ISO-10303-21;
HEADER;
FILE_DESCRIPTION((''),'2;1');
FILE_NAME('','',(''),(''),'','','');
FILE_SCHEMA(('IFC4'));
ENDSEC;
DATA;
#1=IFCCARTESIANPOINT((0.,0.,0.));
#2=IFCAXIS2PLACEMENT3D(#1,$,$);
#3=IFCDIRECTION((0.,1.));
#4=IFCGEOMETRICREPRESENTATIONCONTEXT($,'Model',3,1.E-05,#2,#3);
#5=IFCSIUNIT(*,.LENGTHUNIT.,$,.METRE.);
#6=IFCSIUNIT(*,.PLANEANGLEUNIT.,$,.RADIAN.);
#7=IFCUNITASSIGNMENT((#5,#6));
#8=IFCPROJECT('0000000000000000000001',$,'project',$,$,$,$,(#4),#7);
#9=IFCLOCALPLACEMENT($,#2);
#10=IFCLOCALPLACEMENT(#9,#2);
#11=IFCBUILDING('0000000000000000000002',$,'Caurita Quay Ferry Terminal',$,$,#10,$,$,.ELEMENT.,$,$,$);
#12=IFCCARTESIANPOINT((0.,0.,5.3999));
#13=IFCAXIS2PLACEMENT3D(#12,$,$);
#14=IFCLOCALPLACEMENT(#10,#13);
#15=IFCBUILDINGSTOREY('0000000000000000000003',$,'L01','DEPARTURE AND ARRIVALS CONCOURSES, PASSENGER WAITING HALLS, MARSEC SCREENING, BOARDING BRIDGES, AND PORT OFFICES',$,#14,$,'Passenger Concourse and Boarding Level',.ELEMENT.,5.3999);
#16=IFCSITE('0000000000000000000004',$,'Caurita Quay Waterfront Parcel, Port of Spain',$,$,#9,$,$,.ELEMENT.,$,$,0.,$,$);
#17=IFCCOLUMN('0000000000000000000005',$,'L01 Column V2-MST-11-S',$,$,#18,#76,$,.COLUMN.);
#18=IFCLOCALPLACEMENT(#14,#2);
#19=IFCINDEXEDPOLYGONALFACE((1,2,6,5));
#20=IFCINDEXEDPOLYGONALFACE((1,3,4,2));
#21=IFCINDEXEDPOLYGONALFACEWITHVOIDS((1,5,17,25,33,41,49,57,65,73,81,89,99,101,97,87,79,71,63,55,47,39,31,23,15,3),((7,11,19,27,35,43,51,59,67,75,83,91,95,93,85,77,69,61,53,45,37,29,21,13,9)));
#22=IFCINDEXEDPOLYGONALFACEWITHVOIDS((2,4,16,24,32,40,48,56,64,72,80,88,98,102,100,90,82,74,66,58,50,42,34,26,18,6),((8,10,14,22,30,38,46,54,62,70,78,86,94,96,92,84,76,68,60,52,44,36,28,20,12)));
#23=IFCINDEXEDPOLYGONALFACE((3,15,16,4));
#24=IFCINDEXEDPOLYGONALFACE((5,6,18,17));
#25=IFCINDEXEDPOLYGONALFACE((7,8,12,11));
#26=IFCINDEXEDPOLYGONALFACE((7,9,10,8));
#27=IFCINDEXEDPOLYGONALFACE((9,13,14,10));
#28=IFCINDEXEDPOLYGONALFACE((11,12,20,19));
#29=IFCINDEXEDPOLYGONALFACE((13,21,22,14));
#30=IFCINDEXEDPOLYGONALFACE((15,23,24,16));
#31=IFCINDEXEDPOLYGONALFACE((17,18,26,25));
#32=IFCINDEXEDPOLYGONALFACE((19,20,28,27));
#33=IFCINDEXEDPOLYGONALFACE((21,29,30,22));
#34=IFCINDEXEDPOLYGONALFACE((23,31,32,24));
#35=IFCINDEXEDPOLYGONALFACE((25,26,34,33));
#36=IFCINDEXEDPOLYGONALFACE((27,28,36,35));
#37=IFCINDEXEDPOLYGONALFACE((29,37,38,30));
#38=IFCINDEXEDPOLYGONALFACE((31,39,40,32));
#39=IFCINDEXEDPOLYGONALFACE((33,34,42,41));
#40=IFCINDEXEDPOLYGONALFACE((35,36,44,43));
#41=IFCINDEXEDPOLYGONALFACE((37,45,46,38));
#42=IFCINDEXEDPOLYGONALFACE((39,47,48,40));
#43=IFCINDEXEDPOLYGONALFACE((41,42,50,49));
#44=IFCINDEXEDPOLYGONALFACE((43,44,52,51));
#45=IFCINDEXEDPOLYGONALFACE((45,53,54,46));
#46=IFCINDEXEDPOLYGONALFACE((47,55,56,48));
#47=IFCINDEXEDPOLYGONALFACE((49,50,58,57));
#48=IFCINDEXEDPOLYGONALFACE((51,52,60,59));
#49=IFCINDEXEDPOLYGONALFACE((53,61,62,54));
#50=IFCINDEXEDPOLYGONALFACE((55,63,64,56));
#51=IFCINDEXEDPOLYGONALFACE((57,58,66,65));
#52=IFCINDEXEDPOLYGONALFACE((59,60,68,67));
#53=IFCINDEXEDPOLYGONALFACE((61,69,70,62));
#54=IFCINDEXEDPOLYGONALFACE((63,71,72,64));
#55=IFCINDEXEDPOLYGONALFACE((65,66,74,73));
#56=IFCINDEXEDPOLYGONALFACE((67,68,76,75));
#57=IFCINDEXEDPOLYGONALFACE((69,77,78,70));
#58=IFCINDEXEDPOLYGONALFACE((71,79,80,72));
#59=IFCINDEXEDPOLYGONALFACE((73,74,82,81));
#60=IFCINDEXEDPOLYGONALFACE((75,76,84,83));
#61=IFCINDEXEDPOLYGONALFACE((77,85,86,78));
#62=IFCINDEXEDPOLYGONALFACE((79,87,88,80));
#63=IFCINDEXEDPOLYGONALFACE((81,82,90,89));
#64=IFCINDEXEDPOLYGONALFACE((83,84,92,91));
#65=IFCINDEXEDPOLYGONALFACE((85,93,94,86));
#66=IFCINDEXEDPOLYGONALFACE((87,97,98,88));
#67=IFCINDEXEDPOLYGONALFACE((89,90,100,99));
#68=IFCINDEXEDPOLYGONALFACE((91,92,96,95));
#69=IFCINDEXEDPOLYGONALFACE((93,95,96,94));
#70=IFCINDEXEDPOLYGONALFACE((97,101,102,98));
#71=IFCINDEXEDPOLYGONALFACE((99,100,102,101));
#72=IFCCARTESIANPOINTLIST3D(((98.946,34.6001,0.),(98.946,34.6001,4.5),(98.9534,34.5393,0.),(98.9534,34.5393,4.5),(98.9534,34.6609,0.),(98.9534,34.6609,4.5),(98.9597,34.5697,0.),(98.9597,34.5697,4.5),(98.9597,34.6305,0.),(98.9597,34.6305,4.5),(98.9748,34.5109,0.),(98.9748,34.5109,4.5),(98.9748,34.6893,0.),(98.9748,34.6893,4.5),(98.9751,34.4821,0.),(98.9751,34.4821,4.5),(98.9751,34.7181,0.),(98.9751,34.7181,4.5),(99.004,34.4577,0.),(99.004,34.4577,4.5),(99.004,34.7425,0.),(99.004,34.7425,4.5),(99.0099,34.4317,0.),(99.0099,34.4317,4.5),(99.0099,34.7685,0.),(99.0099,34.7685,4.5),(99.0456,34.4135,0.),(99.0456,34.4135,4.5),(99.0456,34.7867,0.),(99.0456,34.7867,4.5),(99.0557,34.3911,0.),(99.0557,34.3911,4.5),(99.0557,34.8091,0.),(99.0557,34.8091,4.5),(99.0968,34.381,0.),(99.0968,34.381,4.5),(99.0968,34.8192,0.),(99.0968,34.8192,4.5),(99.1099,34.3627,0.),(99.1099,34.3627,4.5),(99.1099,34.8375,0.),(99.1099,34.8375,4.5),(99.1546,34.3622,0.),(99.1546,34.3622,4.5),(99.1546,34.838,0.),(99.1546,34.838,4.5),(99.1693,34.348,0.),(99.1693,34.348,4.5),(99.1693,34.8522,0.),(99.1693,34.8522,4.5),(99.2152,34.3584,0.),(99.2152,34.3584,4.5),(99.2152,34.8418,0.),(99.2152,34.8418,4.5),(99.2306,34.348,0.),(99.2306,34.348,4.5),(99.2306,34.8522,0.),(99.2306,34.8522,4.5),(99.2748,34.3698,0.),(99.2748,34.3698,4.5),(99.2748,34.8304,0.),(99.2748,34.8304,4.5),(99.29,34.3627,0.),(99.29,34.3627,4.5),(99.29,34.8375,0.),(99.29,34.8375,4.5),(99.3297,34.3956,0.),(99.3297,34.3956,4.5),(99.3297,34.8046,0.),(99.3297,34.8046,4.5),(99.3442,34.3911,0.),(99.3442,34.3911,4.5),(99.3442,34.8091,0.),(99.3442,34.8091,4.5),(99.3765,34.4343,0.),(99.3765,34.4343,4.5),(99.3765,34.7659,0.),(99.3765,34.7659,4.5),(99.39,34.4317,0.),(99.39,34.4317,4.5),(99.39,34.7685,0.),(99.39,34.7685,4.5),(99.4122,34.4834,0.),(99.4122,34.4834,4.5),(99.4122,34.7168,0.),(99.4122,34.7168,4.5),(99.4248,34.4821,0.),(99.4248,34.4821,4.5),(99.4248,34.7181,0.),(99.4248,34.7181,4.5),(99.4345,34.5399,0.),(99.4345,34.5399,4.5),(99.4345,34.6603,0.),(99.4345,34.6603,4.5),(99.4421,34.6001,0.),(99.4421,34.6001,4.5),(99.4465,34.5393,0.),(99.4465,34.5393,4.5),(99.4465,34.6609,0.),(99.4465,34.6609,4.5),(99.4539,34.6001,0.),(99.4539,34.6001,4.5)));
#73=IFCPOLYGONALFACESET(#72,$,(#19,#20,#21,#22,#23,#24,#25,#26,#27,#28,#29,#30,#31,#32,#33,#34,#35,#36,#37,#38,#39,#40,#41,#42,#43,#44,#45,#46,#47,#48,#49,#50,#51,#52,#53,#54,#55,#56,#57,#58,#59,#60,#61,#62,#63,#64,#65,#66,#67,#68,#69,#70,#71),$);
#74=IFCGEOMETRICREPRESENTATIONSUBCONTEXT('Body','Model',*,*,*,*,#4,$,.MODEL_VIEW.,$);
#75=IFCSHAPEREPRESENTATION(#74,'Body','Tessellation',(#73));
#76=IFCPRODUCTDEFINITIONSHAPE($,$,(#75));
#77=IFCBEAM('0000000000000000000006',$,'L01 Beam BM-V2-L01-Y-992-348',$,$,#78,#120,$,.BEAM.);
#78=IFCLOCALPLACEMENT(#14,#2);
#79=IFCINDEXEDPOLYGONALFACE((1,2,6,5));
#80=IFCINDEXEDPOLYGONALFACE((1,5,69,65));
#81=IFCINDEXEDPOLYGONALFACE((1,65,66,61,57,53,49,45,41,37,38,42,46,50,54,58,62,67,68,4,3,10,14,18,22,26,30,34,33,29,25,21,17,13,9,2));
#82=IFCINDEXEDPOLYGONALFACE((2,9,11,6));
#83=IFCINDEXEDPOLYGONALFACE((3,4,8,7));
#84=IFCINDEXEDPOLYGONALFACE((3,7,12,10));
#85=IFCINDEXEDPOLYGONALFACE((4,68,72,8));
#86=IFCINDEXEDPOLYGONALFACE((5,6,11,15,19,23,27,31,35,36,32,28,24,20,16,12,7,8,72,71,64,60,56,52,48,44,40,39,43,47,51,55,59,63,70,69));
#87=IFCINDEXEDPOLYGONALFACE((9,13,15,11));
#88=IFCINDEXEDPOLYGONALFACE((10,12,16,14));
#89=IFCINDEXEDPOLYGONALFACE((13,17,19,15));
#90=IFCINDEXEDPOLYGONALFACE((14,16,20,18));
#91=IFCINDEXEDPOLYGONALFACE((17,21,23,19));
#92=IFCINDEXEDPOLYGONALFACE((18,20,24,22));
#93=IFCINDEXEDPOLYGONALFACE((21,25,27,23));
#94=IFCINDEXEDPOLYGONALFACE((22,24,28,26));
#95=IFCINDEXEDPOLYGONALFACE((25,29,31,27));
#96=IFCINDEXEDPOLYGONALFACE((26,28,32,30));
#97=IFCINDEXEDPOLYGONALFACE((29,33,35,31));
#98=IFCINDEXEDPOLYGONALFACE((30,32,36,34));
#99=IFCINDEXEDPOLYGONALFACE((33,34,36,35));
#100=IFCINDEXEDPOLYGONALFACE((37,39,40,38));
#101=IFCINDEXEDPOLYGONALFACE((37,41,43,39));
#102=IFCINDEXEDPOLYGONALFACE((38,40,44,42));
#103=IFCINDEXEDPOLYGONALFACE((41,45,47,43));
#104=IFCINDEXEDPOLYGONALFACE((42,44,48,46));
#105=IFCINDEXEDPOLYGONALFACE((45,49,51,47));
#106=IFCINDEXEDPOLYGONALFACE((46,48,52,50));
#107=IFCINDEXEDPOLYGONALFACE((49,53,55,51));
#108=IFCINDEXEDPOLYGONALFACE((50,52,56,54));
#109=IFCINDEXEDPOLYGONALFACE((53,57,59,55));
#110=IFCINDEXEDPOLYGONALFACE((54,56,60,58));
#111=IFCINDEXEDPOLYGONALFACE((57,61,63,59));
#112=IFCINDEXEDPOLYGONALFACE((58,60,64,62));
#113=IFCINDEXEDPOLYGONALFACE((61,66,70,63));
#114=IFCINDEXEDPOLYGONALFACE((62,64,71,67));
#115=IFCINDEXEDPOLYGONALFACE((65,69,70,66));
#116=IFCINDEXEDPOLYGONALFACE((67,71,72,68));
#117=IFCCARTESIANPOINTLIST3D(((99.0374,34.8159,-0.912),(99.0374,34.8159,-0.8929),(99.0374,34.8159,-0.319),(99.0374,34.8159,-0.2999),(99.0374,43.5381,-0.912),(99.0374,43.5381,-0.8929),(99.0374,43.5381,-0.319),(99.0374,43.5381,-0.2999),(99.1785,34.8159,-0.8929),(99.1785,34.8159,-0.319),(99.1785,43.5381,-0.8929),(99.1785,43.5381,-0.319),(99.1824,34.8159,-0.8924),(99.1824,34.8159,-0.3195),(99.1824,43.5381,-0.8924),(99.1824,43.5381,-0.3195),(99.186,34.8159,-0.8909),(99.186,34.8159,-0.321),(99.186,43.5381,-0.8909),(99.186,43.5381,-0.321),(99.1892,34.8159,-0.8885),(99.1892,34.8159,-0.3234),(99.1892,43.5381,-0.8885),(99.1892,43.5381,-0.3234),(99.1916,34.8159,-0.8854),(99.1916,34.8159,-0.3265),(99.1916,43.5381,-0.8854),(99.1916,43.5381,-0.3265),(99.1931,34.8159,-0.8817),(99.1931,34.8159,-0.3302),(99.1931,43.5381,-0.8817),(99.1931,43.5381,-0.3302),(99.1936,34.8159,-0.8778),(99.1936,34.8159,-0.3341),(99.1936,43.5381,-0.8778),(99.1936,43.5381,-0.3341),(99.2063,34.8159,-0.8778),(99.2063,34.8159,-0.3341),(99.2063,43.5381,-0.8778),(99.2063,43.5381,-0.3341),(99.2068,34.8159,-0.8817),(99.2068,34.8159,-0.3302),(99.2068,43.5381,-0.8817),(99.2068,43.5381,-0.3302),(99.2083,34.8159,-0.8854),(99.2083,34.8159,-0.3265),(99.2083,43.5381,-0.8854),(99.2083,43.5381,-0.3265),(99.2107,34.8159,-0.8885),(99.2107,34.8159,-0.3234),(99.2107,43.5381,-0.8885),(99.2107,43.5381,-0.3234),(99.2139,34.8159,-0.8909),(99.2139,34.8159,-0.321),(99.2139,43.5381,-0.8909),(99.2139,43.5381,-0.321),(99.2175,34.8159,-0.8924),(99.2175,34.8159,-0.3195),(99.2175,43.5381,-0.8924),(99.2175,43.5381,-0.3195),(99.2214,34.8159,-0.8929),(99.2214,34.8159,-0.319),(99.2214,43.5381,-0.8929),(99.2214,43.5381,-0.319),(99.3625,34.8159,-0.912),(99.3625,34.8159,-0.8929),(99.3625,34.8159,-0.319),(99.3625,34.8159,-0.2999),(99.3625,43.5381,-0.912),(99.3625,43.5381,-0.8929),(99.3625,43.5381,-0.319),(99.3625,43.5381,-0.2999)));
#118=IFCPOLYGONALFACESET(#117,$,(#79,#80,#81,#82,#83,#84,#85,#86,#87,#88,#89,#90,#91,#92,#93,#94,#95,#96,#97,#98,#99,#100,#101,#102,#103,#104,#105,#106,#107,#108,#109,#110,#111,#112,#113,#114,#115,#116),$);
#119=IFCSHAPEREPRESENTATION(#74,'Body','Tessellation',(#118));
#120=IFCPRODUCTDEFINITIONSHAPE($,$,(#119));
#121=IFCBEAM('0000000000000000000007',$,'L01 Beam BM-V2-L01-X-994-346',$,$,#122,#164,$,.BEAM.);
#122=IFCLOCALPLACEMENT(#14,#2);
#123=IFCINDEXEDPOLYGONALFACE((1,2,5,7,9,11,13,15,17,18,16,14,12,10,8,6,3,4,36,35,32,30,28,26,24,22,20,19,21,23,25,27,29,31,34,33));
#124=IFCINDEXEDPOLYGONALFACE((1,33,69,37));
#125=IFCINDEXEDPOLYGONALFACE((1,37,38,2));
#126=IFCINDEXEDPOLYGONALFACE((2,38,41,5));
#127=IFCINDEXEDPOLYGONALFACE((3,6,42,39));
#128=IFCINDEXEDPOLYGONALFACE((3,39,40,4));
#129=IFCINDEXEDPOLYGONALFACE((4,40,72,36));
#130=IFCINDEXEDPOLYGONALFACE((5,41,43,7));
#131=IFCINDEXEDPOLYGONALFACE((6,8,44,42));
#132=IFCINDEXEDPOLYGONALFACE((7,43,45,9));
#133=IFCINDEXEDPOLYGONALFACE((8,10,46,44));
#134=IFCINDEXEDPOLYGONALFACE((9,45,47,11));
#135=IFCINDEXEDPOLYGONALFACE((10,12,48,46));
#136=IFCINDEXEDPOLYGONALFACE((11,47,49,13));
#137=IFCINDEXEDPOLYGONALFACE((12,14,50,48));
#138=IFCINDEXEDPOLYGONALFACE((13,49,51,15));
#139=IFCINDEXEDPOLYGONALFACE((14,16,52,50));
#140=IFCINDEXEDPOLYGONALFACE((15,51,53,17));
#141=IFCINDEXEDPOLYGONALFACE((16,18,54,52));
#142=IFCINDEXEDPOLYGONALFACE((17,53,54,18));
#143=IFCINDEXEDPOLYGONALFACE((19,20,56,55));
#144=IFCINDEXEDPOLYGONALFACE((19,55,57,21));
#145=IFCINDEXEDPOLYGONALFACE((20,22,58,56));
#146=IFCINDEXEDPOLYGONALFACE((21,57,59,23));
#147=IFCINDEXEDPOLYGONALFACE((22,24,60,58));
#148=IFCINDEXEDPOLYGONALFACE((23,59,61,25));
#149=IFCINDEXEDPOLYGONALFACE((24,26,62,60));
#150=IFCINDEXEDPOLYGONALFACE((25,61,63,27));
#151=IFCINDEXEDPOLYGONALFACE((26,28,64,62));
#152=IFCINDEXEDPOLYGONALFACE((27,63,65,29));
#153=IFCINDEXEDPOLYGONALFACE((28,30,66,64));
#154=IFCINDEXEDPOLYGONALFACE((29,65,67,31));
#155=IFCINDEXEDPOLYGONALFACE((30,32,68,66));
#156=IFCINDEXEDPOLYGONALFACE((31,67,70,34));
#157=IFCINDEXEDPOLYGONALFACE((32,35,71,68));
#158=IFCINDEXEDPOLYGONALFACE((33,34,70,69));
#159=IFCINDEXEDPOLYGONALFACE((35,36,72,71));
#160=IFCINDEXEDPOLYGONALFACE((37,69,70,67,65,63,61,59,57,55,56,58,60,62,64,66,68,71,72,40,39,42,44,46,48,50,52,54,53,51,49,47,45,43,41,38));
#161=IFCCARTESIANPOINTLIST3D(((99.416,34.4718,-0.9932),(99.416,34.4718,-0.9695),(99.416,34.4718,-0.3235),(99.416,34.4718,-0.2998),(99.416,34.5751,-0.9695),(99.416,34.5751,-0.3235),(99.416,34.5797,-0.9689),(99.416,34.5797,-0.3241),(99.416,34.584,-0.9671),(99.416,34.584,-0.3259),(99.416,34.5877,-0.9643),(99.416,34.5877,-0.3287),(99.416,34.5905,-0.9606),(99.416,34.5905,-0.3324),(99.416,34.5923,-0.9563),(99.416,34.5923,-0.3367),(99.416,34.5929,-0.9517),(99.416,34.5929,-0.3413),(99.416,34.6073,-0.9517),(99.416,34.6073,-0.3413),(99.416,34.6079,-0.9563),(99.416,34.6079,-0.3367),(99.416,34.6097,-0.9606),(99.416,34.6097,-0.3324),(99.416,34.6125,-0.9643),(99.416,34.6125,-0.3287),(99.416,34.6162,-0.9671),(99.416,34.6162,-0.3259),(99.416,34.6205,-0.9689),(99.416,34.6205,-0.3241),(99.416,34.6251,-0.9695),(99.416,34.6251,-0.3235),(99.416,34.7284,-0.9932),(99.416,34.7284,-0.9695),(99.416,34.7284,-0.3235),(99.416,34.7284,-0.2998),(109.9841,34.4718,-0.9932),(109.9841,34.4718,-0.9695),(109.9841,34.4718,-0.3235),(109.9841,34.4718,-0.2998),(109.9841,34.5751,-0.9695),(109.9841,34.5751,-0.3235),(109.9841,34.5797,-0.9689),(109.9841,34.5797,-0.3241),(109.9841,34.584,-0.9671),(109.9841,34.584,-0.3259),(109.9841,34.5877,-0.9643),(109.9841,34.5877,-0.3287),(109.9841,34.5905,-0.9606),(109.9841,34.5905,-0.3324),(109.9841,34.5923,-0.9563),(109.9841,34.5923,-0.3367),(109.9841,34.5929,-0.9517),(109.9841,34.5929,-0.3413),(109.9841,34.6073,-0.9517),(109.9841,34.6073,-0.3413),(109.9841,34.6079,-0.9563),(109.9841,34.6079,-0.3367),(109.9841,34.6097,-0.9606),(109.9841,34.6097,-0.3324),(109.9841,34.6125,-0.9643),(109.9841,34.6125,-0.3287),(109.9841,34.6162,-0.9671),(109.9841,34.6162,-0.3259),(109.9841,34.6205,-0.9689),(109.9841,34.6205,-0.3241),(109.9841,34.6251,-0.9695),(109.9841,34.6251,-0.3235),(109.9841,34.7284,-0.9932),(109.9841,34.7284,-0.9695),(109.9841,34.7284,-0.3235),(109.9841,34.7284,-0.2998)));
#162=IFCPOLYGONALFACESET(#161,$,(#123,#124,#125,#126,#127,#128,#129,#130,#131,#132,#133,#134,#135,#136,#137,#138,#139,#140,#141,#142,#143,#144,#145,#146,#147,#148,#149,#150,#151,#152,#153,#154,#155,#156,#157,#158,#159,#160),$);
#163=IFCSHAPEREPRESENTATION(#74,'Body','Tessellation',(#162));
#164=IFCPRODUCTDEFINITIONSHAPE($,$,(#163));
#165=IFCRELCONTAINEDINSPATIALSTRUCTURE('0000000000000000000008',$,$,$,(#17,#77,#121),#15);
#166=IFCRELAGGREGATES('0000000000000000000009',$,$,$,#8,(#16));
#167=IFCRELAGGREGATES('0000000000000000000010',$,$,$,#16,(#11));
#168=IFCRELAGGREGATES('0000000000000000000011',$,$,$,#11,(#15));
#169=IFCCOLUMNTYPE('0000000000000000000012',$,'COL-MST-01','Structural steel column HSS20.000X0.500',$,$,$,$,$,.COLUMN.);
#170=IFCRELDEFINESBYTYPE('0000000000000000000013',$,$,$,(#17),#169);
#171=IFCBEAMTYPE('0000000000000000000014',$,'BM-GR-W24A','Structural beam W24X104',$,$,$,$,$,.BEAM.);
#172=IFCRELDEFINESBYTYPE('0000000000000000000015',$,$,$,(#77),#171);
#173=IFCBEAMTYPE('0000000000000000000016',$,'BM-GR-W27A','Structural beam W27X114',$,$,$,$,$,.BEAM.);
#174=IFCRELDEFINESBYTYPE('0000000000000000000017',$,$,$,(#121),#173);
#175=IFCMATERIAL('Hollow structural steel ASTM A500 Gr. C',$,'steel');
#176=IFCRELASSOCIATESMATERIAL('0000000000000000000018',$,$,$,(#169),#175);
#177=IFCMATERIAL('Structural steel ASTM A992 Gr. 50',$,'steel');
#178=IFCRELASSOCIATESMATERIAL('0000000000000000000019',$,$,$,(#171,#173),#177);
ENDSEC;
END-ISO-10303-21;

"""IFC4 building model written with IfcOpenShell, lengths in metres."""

from ifc_helpers import new_model, si_unit, direction, frame, origin, origin_2d, place, context, subcontext, project, spatial, hollow_circle, i_section, extrude, material, material_profile, profile_set, type_object, element, save


model = new_model("IFC4")

# Units and contexts
model_context = context("Model", 3, precision=1e-05, world=origin(), true_north=direction((0.0, 1.0)))
body_context = subcontext(model_context, "Body", "Model", "MODEL_VIEW")
ifc_project = project(units=[si_unit("LENGTHUNIT", "METRE"), si_unit("PLANEANGLEUNIT", "RADIAN")], contexts=[model_context])

# Site, building, storey
site_placement = place(None, origin())
site = spatial("IfcSite", under=ifc_project, at=site_placement, Name="Caurita Quay Waterfront Parcel, Port of Spain", CompositionType="ELEMENT", RefElevation=0.0)
building_placement = place(site_placement, origin())
building = spatial("IfcBuilding", under=site, at=building_placement, Name="Caurita Quay Ferry Terminal", CompositionType="ELEMENT")
storey_placement = place(building_placement, frame((0.0, 0.0, 5.3999)))
storey = spatial("IfcBuildingStorey", under=building, at=storey_placement, Name="L01", Description="DEPARTURE AND ARRIVALS CONCOURSES, PASSENGER WAITING HALLS, MARSEC SCREENING, BOARDING BRIDGES, AND PORT OFFICES", LongName="Passenger Concourse and Boarding Level", CompositionType="ELEMENT", Elevation=5.3999)

# Column
ifc_material_1 = material(Name="Hollow structural steel ASTM A500 Gr. C", Category="steel")
ifc_material_profile_1 = material_profile(ifc_material_1, hollow_circle(Radius=0.2539, WallThickness=0.0117, at=origin_2d()), Name="HSS20.000X0.500")
ifc_profile_set_1 = profile_set([ifc_material_profile_1], Name="Hollow structural steel ASTM A500 Gr. C")
column_type = type_object("IfcColumnType", Name="COL-MST-01", Description="Structural steel column HSS20.000X0.500", PredefinedType="COLUMN", material=ifc_profile_set_1)
column_placement = place(storey_placement, frame((99.2, 34.6001, 0.0), z_axis=(0.0, 0.0, 1.0), x_axis=(1.0, 0.0, 0.0)))
element("IfcColumn", 1, at=column_placement, inside=storey, type_object=column_type, Name="L01 Column V2-MST-11-S", PredefinedType="COLUMN", context=body_context, shape_type="SweptSolid", body=[
    extrude(hollow_circle(Radius=0.2539, WallThickness=0.0117, at=origin_2d()), origin(), (0.0, 0.0, 1.0), 4.5),
])

# Beams
ifc_material_2 = material(Name="Structural steel ASTM A992 Gr. 50", Category="steel")
ifc_material_profile_2 = material_profile(ifc_material_2, i_section(OverallWidth=0.3252, OverallDepth=0.6121, WebThickness=0.0127, FlangeThickness=0.019, FilletRadius=0.0151, at=origin_2d()), Name="W24X104")
ifc_profile_set_2 = profile_set([ifc_material_profile_2], Name="Structural steel ASTM A992 Gr. 50")
beam_type_1 = type_object("IfcBeamType", Name="BM-GR-W24A", Description="Structural beam W24X104", PredefinedType="BEAM", material=ifc_profile_set_2)
beam_1_placement = place(storey_placement, frame((99.2, 34.8159, -0.606), z_axis=(0.0, 1.0, 0.0), x_axis=(-1.0, 0.0, 0.0)))
element("IfcBeam", 2, at=beam_1_placement, inside=storey, type_object=beam_type_1, Name="L01 Beam BM-V2-L01-Y-992-348", PredefinedType="BEAM", context=body_context, shape_type="SweptSolid", body=[
    extrude(i_section(OverallWidth=0.3252, OverallDepth=0.6121, WebThickness=0.0127, FlangeThickness=0.019, FilletRadius=0.0151, at=origin_2d()), origin(), (0.0, 0.0, 1.0), 8.7222),
])
ifc_material_profile_3 = material_profile(ifc_material_2, i_section(OverallWidth=0.2566, OverallDepth=0.6934, WebThickness=0.0144, FlangeThickness=0.0237, FilletRadius=0.0178, at=origin_2d()), Name="W27X114")
ifc_profile_set_3 = profile_set([ifc_material_profile_3], Name="Structural steel ASTM A992 Gr. 50")
beam_type_2 = type_object("IfcBeamType", Name="BM-GR-W27A", Description="Structural beam W27X114", PredefinedType="BEAM", material=ifc_profile_set_3)
beam_2_placement = place(storey_placement, frame((99.416, 34.6001, -0.6465), z_axis=(1.0, 0.0, 0.0), x_axis=(0.0, 1.0, 0.0)))
element("IfcBeam", 3, at=beam_2_placement, inside=storey, type_object=beam_type_2, Name="L01 Beam BM-V2-L01-X-994-346", PredefinedType="BEAM", context=body_context, shape_type="SweptSolid", body=[
    extrude(i_section(OverallWidth=0.2566, OverallDepth=0.6934, WebThickness=0.0144, FlangeThickness=0.0237, FilletRadius=0.0178, at=origin_2d()), origin(), (0.0, 0.0, 1.0), 10.5681),
])

save(model, "model.ifc")
